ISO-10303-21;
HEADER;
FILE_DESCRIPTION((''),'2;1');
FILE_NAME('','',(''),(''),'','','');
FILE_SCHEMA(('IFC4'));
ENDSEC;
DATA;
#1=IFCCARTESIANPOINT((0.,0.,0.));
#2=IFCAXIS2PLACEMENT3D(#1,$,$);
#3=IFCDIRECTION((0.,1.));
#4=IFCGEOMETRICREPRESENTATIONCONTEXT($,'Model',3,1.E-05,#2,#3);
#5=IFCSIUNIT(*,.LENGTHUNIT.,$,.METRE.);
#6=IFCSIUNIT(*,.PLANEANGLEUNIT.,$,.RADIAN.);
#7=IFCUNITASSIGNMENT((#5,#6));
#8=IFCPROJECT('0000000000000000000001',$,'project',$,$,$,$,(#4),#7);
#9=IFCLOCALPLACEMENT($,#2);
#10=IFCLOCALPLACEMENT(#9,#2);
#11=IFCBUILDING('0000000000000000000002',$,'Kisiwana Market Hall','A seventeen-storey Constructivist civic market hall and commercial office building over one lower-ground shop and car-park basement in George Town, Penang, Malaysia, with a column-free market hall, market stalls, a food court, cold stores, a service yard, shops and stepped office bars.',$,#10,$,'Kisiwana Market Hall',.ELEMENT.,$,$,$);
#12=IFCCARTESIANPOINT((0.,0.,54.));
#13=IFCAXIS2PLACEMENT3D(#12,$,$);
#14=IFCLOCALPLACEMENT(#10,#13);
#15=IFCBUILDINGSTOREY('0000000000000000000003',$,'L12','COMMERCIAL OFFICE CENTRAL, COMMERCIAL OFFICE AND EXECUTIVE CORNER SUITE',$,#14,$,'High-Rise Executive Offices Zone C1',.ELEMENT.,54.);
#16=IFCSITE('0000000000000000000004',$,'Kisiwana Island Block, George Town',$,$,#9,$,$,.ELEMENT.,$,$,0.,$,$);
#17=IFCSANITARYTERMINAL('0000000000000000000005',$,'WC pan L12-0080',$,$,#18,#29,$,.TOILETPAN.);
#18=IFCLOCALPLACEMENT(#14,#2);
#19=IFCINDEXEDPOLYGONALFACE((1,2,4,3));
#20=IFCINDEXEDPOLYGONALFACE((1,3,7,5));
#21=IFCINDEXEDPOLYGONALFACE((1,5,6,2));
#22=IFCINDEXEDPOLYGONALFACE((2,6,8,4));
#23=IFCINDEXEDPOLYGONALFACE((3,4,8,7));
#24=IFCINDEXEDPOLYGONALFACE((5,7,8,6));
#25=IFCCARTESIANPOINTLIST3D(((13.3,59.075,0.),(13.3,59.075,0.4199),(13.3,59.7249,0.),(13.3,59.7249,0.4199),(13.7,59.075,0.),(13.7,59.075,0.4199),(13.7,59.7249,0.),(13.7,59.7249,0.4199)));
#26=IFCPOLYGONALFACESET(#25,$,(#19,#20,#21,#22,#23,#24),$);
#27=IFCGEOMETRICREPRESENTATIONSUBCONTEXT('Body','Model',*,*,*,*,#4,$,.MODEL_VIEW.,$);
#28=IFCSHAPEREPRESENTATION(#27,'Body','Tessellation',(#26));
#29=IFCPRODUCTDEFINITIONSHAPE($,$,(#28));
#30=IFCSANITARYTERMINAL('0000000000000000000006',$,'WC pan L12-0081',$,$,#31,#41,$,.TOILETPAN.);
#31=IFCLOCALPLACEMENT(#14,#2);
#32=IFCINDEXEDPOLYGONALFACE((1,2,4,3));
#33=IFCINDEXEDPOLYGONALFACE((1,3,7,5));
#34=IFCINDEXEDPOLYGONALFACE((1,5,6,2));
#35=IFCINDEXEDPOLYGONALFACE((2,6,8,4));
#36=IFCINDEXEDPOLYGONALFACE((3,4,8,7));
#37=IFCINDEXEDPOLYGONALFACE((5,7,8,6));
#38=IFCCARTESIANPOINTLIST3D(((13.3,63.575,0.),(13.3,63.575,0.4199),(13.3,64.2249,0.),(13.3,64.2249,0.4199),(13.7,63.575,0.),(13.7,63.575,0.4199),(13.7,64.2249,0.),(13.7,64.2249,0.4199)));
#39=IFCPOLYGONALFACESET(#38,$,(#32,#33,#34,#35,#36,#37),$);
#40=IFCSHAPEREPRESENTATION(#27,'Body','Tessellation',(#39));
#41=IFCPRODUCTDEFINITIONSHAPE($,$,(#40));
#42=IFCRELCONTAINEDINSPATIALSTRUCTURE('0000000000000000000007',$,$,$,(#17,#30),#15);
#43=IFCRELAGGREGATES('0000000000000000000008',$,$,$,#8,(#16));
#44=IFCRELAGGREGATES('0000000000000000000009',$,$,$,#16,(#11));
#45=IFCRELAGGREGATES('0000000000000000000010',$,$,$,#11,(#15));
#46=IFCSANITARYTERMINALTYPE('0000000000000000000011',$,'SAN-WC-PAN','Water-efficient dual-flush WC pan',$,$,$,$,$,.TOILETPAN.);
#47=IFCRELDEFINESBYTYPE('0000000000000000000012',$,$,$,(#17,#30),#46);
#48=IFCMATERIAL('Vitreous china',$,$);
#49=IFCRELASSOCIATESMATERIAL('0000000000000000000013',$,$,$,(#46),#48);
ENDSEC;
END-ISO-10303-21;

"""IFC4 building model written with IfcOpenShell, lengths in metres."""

from ifc_helpers import new_model, si_unit, direction, frame, origin, origin_2d, place, context, subcontext, project, spatial, rectangle, extrude, material, type_object, element, save


model = new_model("IFC4")

# Units and contexts
model_context = context("Model", 3, precision=1e-05, world=origin(), true_north=direction((0.0, 1.0)))
body_context = subcontext(model_context, "Body", "Model", "MODEL_VIEW")
ifc_project = project(units=[si_unit("LENGTHUNIT", "METRE"), si_unit("PLANEANGLEUNIT", "RADIAN")], contexts=[model_context])

# Site, building, storey
site_placement = place(None, origin())
site = spatial("IfcSite", under=ifc_project, at=site_placement, Name="Kisiwana Island Block, George Town", CompositionType="ELEMENT", RefElevation=0.0)
building_placement = place(site_placement, origin())
building = spatial("IfcBuilding", under=site, at=building_placement, Name="Kisiwana Market Hall", Description="A seventeen-storey Constructivist civic market hall and commercial office building over one lower-ground shop and car-park basement in George Town, Penang, Malaysia, with a column-free market hall, market stalls, a food court, cold stores, a service yard, shops and stepped office bars.", LongName="Kisiwana Market Hall", CompositionType="ELEMENT")
storey_placement = place(building_placement, frame((0.0, 0.0, 54.0)))
storey = spatial("IfcBuildingStorey", under=building, at=storey_placement, Name="L12", Description="COMMERCIAL OFFICE CENTRAL, COMMERCIAL OFFICE AND EXECUTIVE CORNER SUITE", LongName="High-Rise Executive Offices Zone C1", CompositionType="ELEMENT", Elevation=54.0)

# Sanitary terminals
ifc_material_1 = material(Name="Vitreous china")
sanitary_terminal_type_1 = type_object("IfcSanitaryTerminalType", Name="SAN-WC-PAN", Description="Water-efficient dual-flush WC pan", PredefinedType="TOILETPAN", material=ifc_material_1)
for number, where, z_axis, x_axis, name in (
    (1, (13.5, 59.3999, 0.0), (0.0, 0.0, 1.0), (1.0, 0.0, 0.0), "WC pan L12-0080"),
    (2, (13.5, 63.8999, 0.0), (0.0, 0.0, 1.0), (1.0, 0.0, 0.0), "WC pan L12-0081"),
):
    element("IfcSanitaryTerminal", number, at=place(storey_placement, frame(where, z_axis=z_axis, x_axis=x_axis)), inside=storey, type_object=sanitary_terminal_type_1, Name=name, PredefinedType="TOILETPAN", context=body_context, shape_type="SweptSolid", body=[
        extrude(rectangle(XDim=0.3999, YDim=0.6499, at=origin_2d()), origin(), (0.0, 0.0, 1.0), 0.4199),
    ])

save(model, "model.ifc")
